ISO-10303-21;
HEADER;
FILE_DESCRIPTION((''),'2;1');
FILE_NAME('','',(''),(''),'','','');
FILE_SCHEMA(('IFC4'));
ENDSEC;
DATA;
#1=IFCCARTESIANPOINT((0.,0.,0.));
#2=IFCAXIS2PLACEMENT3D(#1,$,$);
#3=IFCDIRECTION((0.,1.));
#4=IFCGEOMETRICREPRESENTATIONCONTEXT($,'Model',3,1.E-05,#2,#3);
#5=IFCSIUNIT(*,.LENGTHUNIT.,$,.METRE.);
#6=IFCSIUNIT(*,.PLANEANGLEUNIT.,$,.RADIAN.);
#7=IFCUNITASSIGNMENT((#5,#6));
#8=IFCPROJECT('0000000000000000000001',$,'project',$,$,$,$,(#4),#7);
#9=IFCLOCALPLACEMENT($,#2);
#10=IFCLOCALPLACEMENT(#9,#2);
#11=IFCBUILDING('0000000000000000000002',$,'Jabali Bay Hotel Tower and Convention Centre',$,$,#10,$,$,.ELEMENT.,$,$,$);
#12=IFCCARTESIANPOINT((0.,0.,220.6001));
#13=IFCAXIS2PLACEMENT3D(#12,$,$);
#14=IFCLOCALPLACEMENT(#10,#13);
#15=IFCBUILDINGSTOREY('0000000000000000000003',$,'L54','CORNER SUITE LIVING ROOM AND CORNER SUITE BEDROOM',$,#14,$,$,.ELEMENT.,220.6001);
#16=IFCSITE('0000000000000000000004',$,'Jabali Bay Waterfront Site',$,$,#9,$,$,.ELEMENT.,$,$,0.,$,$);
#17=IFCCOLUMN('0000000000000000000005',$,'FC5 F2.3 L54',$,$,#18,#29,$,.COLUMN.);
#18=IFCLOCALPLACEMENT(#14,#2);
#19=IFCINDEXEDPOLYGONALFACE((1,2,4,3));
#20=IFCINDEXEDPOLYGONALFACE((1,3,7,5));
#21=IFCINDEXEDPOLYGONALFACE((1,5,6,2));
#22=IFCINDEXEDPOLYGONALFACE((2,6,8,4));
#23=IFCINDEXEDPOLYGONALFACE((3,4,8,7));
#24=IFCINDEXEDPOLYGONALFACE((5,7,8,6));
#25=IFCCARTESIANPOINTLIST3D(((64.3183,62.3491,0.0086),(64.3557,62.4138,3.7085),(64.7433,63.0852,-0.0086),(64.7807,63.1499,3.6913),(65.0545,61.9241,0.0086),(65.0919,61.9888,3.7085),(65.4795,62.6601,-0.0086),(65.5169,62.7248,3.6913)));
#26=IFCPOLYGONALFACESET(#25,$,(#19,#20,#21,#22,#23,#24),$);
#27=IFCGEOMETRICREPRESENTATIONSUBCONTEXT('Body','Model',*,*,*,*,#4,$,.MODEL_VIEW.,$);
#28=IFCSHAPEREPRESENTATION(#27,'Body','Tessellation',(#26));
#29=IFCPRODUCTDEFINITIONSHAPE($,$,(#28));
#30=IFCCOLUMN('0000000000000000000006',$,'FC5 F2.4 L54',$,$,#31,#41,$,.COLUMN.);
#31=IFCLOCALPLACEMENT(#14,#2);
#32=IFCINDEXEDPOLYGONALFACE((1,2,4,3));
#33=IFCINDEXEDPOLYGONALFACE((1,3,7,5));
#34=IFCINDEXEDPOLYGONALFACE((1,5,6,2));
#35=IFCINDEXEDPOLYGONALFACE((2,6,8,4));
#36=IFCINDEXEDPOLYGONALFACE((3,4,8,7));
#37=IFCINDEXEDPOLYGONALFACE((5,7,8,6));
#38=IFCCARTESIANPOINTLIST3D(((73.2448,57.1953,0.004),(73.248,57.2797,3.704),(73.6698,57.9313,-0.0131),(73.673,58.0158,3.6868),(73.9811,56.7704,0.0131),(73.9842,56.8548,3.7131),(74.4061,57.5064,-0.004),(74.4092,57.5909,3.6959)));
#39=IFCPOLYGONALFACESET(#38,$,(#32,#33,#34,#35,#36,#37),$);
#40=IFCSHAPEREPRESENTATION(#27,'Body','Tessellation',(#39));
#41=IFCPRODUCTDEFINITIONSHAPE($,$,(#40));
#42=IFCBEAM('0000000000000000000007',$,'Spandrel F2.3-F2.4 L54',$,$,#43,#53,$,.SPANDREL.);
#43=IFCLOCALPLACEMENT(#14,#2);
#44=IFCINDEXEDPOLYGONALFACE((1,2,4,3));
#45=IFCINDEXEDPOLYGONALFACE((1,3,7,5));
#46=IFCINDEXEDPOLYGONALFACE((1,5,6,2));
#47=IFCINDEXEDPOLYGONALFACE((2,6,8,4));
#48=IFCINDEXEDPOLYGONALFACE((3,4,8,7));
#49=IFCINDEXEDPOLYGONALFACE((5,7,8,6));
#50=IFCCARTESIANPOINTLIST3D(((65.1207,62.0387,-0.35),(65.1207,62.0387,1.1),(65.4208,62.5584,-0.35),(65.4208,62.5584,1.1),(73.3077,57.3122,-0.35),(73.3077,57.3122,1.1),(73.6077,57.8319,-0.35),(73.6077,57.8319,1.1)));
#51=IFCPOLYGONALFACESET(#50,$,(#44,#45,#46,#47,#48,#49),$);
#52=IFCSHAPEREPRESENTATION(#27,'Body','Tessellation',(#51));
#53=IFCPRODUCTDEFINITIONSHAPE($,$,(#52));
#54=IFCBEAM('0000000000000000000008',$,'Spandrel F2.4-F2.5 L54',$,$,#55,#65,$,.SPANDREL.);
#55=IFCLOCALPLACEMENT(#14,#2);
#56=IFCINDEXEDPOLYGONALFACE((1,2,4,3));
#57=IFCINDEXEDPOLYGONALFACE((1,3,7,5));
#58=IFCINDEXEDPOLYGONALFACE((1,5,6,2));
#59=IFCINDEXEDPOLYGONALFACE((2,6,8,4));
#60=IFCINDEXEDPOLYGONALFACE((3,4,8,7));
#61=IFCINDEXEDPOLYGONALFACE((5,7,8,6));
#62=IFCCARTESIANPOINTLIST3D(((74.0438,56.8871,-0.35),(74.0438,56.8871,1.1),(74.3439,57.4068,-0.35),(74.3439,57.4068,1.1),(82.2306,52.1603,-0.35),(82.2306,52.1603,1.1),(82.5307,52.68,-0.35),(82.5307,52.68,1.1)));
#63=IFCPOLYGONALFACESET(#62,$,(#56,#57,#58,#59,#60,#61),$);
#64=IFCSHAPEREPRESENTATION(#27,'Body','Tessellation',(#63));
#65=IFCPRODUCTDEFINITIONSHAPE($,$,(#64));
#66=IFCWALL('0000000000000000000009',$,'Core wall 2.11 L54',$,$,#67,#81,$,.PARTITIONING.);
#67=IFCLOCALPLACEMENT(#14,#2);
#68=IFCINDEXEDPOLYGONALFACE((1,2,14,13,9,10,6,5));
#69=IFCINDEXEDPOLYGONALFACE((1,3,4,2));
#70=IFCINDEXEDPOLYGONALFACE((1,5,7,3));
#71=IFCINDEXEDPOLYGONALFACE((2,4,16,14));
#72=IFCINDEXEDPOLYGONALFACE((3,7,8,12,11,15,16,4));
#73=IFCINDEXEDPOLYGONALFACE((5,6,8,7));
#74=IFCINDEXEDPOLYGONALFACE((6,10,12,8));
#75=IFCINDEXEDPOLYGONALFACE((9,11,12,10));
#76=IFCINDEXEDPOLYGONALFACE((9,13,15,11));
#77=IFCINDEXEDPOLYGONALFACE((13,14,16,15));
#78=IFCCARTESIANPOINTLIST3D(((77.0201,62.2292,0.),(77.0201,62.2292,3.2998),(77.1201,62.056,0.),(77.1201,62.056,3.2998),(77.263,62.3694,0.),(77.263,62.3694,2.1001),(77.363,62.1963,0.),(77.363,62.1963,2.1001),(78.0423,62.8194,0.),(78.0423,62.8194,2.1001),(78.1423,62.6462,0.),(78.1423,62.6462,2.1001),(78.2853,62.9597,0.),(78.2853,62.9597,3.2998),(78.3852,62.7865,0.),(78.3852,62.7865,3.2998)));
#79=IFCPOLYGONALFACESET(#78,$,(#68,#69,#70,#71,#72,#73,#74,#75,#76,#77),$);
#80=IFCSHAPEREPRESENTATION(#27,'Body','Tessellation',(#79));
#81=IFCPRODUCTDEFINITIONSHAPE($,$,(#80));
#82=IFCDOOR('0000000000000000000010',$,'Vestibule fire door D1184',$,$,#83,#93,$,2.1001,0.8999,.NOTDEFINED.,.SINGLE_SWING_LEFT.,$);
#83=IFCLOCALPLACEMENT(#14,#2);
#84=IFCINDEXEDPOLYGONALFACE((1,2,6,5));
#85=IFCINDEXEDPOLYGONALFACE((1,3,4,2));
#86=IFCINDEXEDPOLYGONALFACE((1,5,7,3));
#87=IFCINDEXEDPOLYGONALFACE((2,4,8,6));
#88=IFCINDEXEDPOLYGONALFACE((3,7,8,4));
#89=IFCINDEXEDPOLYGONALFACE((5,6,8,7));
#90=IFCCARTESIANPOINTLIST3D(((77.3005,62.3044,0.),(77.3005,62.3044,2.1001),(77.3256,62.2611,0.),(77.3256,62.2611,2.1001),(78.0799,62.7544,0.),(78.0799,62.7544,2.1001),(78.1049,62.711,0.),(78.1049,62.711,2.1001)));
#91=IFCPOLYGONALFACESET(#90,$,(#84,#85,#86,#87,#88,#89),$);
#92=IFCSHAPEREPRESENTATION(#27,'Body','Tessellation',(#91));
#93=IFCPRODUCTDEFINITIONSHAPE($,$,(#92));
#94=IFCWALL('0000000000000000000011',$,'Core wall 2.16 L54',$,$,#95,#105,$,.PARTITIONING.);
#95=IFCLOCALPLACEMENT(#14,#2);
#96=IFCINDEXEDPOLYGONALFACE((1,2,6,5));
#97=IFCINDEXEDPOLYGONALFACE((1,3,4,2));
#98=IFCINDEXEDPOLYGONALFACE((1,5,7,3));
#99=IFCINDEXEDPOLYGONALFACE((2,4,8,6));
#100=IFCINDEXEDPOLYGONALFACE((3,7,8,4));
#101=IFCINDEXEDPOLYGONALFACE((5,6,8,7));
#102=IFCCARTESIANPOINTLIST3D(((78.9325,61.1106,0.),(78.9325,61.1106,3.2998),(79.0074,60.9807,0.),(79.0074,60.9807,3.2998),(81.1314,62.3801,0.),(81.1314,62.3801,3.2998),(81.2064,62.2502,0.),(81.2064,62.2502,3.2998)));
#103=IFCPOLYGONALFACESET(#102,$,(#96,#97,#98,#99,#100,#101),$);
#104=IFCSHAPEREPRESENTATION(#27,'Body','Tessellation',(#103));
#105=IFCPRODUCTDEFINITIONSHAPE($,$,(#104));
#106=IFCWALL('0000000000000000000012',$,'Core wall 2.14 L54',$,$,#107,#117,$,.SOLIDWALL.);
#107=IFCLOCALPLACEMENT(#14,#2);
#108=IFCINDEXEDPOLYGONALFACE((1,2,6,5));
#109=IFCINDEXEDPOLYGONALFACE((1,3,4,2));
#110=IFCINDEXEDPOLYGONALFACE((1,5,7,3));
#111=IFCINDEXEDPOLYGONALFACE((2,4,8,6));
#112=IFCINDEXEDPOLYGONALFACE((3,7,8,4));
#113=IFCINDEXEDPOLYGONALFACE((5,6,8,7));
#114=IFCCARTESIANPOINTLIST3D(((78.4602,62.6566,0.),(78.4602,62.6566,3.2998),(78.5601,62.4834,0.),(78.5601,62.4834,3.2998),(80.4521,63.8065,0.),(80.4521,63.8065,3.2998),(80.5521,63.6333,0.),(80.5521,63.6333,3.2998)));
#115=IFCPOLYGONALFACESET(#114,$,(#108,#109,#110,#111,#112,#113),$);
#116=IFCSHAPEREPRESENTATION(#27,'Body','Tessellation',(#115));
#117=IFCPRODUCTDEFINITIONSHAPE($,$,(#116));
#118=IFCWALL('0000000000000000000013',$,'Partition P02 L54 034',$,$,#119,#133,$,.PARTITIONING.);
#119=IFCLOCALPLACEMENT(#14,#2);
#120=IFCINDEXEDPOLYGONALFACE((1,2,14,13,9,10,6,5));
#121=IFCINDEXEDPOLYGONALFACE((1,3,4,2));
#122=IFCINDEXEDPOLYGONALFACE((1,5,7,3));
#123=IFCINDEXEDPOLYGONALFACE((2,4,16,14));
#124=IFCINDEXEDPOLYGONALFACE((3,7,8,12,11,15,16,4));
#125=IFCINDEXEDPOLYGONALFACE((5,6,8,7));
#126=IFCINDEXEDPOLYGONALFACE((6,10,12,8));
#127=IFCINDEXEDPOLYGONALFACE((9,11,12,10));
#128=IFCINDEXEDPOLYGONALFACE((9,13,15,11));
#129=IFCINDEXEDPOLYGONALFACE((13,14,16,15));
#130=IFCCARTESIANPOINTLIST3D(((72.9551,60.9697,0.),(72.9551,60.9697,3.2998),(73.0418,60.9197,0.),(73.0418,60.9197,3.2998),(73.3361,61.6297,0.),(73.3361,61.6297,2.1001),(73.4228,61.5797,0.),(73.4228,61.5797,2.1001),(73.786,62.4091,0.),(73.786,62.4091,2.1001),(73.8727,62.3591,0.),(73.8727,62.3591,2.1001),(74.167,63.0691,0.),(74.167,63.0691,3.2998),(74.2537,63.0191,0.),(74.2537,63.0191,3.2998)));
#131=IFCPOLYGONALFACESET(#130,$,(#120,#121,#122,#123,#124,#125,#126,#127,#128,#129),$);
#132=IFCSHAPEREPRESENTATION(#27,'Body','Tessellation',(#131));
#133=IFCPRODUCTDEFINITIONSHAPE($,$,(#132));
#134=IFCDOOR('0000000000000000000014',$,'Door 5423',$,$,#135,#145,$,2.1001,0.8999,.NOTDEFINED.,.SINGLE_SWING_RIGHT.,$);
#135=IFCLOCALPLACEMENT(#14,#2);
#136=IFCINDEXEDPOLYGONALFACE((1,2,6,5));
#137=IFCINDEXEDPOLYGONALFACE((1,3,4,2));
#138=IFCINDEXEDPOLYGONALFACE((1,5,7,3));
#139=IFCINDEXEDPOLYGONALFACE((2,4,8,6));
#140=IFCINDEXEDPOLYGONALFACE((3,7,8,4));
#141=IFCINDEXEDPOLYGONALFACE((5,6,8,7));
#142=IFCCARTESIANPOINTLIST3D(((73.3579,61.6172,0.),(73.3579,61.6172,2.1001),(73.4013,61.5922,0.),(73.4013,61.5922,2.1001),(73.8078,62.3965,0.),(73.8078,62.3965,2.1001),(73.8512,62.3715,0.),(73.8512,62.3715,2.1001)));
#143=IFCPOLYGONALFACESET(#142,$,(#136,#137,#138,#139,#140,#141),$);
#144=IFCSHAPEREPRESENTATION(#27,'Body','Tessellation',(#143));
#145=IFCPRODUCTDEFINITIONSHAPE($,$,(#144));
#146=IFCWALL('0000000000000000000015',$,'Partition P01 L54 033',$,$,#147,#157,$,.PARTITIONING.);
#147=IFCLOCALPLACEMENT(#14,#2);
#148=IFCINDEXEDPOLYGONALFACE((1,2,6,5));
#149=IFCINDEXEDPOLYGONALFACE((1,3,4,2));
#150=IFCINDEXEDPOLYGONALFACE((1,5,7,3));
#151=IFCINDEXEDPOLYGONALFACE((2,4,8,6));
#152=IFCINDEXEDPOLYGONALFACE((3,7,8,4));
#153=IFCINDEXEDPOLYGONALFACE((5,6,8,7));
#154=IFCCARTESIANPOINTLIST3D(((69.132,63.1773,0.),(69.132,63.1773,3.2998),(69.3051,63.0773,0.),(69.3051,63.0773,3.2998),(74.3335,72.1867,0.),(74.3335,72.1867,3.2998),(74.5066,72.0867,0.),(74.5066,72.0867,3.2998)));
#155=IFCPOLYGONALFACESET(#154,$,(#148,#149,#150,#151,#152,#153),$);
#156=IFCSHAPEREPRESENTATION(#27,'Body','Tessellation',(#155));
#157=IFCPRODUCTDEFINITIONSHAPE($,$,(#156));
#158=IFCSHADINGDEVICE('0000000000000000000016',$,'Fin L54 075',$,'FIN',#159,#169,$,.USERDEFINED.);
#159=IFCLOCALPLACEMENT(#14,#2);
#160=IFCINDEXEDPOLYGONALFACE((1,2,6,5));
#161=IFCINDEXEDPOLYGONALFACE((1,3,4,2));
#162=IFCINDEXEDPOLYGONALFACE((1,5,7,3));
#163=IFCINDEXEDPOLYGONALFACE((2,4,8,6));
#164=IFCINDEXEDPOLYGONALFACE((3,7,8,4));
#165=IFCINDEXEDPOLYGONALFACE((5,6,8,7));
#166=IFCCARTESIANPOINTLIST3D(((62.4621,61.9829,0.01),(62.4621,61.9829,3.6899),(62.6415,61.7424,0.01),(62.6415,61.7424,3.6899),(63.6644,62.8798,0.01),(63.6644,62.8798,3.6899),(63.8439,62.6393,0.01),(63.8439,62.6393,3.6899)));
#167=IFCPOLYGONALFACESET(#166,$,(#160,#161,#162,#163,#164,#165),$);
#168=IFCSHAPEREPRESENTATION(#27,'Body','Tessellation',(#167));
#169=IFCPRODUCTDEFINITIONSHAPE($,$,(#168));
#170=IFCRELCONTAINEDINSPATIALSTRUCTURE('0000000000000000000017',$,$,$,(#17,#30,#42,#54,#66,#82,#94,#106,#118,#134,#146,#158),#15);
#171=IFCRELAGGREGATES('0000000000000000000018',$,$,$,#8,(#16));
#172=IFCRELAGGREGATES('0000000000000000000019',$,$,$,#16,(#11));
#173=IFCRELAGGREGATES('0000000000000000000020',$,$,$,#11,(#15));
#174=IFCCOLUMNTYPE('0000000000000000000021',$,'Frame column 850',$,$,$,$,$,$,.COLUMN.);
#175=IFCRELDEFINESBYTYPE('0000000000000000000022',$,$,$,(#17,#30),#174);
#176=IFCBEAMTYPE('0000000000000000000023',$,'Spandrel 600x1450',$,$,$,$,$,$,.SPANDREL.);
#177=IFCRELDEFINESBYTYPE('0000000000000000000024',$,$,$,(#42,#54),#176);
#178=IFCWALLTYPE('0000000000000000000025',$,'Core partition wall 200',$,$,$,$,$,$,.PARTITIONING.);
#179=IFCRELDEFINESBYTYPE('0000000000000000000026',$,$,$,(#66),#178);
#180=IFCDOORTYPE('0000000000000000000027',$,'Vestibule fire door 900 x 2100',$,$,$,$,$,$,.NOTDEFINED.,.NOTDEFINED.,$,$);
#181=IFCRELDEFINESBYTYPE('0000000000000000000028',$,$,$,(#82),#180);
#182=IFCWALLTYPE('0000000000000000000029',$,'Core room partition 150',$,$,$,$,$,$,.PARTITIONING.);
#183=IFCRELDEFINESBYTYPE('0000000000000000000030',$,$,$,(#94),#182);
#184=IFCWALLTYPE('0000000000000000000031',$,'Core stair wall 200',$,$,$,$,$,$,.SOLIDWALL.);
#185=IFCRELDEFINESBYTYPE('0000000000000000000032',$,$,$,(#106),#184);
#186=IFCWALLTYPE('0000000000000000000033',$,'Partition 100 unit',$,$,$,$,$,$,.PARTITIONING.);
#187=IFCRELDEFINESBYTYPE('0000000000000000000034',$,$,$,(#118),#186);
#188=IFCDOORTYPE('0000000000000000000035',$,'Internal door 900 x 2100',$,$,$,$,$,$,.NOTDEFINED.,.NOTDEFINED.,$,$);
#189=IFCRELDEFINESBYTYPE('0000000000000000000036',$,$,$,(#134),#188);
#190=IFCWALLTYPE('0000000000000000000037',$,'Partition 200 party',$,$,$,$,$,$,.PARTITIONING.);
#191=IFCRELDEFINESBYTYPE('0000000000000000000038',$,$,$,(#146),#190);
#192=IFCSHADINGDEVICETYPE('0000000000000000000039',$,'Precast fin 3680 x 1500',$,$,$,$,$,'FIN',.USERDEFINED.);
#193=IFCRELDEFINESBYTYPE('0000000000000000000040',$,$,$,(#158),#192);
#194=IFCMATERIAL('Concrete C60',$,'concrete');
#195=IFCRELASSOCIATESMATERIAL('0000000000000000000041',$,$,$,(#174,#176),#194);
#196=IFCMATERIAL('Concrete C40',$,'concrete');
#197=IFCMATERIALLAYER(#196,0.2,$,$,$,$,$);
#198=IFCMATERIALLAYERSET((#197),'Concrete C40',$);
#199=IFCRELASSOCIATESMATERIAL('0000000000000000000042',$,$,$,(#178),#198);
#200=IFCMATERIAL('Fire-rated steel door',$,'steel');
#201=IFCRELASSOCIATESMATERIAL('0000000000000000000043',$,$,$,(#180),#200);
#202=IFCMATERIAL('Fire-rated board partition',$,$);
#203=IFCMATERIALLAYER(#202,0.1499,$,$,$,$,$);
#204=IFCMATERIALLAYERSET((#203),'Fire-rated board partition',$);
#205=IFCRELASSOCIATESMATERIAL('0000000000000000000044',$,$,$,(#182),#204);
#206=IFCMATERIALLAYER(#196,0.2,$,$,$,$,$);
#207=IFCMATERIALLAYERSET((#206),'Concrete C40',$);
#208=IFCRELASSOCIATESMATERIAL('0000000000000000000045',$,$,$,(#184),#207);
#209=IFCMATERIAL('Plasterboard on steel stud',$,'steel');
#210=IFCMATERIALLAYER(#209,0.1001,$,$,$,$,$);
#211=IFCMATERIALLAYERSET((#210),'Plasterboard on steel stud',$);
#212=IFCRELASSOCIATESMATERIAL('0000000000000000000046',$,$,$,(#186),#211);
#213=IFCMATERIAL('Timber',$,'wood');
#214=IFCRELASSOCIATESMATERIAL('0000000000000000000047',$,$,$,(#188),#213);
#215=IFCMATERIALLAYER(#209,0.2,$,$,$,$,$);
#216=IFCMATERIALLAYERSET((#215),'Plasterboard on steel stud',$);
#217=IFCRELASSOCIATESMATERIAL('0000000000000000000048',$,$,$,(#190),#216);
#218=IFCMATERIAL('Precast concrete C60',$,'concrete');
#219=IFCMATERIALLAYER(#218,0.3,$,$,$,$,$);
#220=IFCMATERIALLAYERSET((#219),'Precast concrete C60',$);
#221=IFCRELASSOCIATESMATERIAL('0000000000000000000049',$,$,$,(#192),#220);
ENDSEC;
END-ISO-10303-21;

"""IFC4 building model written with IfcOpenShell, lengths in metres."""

from ifc_helpers import new_model, si_unit, direction, frame, frame_2d, origin, origin_2d, place, context, subcontext, project, spatial, rectangle, extrude, material, layer, layer_set, material_profile, profile_set, type_object, element, fill, save


model = new_model("IFC4")

# Units and contexts
model_context = context("Model", 3, precision=1e-05, world=origin(), true_north=direction((0.0, 1.0)))
body_context = subcontext(model_context, "Body", "Model", "MODEL_VIEW")
ifc_project = project(units=[si_unit("LENGTHUNIT", "METRE"), si_unit("PLANEANGLEUNIT", "RADIAN")], contexts=[model_context])

# Site, building, storey
site_placement = place(None, origin())
site = spatial("IfcSite", under=ifc_project, at=site_placement, Name="Jabali Bay Waterfront Site", CompositionType="ELEMENT", RefElevation=0.0)
building_placement = place(site_placement, origin())
building = spatial("IfcBuilding", under=site, at=building_placement, Name="Jabali Bay Hotel Tower and Convention Centre", CompositionType="ELEMENT")
storey_placement = place(building_placement, frame((0.0, 0.0, 220.6001)))
storey = spatial("IfcBuildingStorey", under=building, at=storey_placement, Name="L54", Description="CORNER SUITE LIVING ROOM AND CORNER SUITE BEDROOM", CompositionType="ELEMENT", Elevation=220.6001)

# Columns
ifc_material_1 = material(Name="Concrete C60", Category="concrete")
ifc_material_profile_1 = material_profile(ifc_material_1, rectangle(XDim=0.8501, YDim=0.8501, at=origin_2d()), Name="Frame column 850")
ifc_profile_set_1 = profile_set([ifc_material_profile_1], Name="Concrete C60")
column_type = type_object("IfcColumnType", Name="Frame column 850", PredefinedType="COLUMN", material=ifc_profile_set_1)
column_1_placement = place(storey_placement, frame((64.8989, 62.5046, 0.0), z_axis=(0.010094, 0.017482, 0.999796), x_axis=(-0.866026, 0.499999, 0.0)))
element("IfcColumn", 1, at=column_1_placement, inside=storey, type_object=column_type, Name="FC5 F2.3 L54", PredefinedType="COLUMN", context=body_context, shape_type="SweptSolid", body=[
    extrude(rectangle(XDim=0.8501, YDim=0.8501, at=origin_2d()), origin(), (0.0, 0.0, 1.0), 3.7007),
])
column_2_placement = place(storey_placement, frame((73.8254, 57.3508, 0.0), z_axis=(0.000858, 0.022825, 0.999739), x_axis=(-0.499939, -0.865825, 0.020196)))
element("IfcColumn", 2, at=column_2_placement, inside=storey, type_object=column_type, Name="FC5 F2.4 L54", PredefinedType="COLUMN", context=body_context, shape_type="SweptSolid", body=[
    extrude(rectangle(XDim=0.8501, YDim=0.8501, at=origin_2d()), origin(), (0.0, 0.0, 1.0), 3.7009),
])

# Beams
ifc_material_profile_2 = material_profile(ifc_material_1, rectangle(XDim=0.6001, YDim=1.45, at=origin_2d()), Name="Spandrel 600x1450")
ifc_profile_set_2 = profile_set([ifc_material_profile_2], Name="Concrete C60")
beam_type = type_object("IfcBeamType", Name="Spandrel 600x1450", PredefinedType="SPANDREL", material=ifc_profile_set_2)
for number, where, z_axis, x_axis, name in (
    (3, (65.2708, 62.2986, 0.375), (0.866035, -0.499983, 0.0), (0.499983, 0.866035, 0.0), "Spandrel F2.3-F2.4 L54"),
    (4, (74.1938, 57.147, 0.375), (0.866017, -0.500014, 0.0), (0.500014, 0.866017, 0.0), "Spandrel F2.4-F2.5 L54"),
):
    element("IfcBeam", number, at=place(storey_placement, frame(where, z_axis=z_axis, x_axis=x_axis)), inside=storey, type_object=beam_type, Name=name, PredefinedType="SPANDREL", context=body_context, shape_type="SweptSolid", body=[
        extrude(rectangle(XDim=0.6001, YDim=1.45, at=origin_2d()), origin(), (0.0, 0.0, 1.0), 9.4534),
    ])

# Wall, opening, door
ifc_material_2 = material(Name="Concrete C40", Category="concrete")
ifc_layer_1 = layer(ifc_material_2, 0.2)
ifc_layer_set_1 = layer_set([ifc_layer_1], Name="Concrete C40")
wall_type_1 = type_object("IfcWallType", Name="Core partition wall 200", PredefinedType="PARTITIONING", material=ifc_layer_set_1)
wall_1_placement = place(storey_placement, frame((77.0701, 62.1426, 0.0), z_axis=(0.0, 0.0, 1.0), x_axis=(0.866013, 0.500021, 0.0)))
wall_1 = element("IfcWall", 5, at=wall_1_placement, inside=storey, type_object=wall_type_1, Name="Core wall 2.11 L54", PredefinedType="PARTITIONING", context=body_context, shape_type="SweptSolid", body=[
    extrude(rectangle(XDim=1.4609, YDim=0.2, at=frame_2d((0.7305, 0.0))), origin(), (0.0, 0.0, 1.0), 3.2998),
])
opening_1_placement = place(wall_1_placement, frame((0.2805, 0.0, 0.0)))
opening_1 = element("IfcOpeningElement", 6, at=opening_1_placement, cuts=wall_1, PredefinedType="OPENING", context=body_context, shape_type="SweptSolid", body=[
    extrude(rectangle(XDim=0.8999, YDim=2.1001, at=frame_2d((0.45, 1.05))), frame((0.0, 0.1104, 0.0), z_axis=(0.0, -1.0, 0.0), x_axis=(1.0, 0.0, 0.0)), (0.0, 0.0, 1.0), 0.2209),
])
ifc_material_3 = material(Name="Fire-rated steel door", Category="steel")
door_type_1 = type_object("IfcDoorType", Name="Vestibule fire door 900 x 2100", OperationType="NOTDEFINED", PredefinedType="NOTDEFINED", material=ifc_material_3)
door_1_placement = place(opening_1_placement, origin())
door_1 = element("IfcDoor", 7, at=door_1_placement, inside=storey, type_object=door_type_1, Name="Vestibule fire door D1184", OperationType="SINGLE_SWING_LEFT", OverallHeight=2.1001, OverallWidth=0.8999, PredefinedType="NOTDEFINED", context=body_context, shape_type="SweptSolid", body=[
    extrude(rectangle(XDim=0.8999, YDim=2.1001, at=frame_2d((0.45, 1.05))), frame((0.0, 0.0249, 0.0), z_axis=(0.0, -1.0, 0.0), x_axis=(1.0, 0.0, 0.0)), (0.0, 0.0, 1.0), 0.05),
])
fill(opening_1, door_1)

# Walls
ifc_material_4 = material(Name="Fire-rated board partition")
ifc_layer_2 = layer(ifc_material_4, 0.1499)
ifc_layer_set_2 = layer_set([ifc_layer_2], Name="Fire-rated board partition")
wall_type_2 = type_object("IfcWallType", Name="Core room partition 150", PredefinedType="PARTITIONING", material=ifc_layer_set_2)
wall_2_placement = place(storey_placement, frame((78.97, 61.0457, 0.0), z_axis=(0.0, 0.0, 1.0), x_axis=(0.866033, 0.499986, 0.0)))
element("IfcWall", 8, at=wall_2_placement, inside=storey, type_object=wall_type_2, Name="Core wall 2.16 L54", PredefinedType="PARTITIONING", context=body_context, shape_type="SweptSolid", body=[
    extrude(rectangle(XDim=2.5391, YDim=0.1499, at=frame_2d((1.2695, 0.0))), origin(), (0.0, 0.0, 1.0), 3.2998),
])
ifc_layer_3 = layer(ifc_material_2, 0.2)
ifc_layer_set_3 = layer_set([ifc_layer_3], Name="Concrete C40")
wall_type_3 = type_object("IfcWallType", Name="Core stair wall 200", PredefinedType="SOLIDWALL", material=ifc_layer_set_3)
wall_3_placement = place(storey_placement, frame((78.5103, 62.5701, 0.0), z_axis=(0.0, 0.0, 1.0), x_axis=(0.866053, 0.499952, 0.0)))
element("IfcWall", 9, at=wall_3_placement, inside=storey, type_object=wall_type_3, Name="Core wall 2.14 L54", PredefinedType="SOLIDWALL", context=body_context, shape_type="SweptSolid", body=[
    extrude(rectangle(XDim=2.3, YDim=0.2, at=frame_2d((1.1499, 0.0))), origin(), (0.0, 0.0, 1.0), 3.2998),
])

# Wall, opening, door
ifc_material_5 = material(Name="Plasterboard on steel stud", Category="steel")
ifc_layer_4 = layer(ifc_material_5, 0.1001)
ifc_layer_set_4 = layer_set([ifc_layer_4], Name="Plasterboard on steel stud")
wall_type_4 = type_object("IfcWallType", Name="Partition 100 unit", PredefinedType="PARTITIONING", material=ifc_layer_set_4)
wall_4_placement = place(storey_placement, frame((72.9985, 60.9448, 0.0), z_axis=(0.0, 0.0, 1.0), x_axis=(0.499952, 0.866053, 0.0)))
wall_4 = element("IfcWall", 10, at=wall_4_placement, inside=storey, type_object=wall_type_4, Name="Partition P02 L54 034", PredefinedType="PARTITIONING", context=body_context, shape_type="SweptSolid", body=[
    extrude(rectangle(XDim=2.4241, YDim=0.1001, at=frame_2d((1.2119, 0.0))), origin(), (0.0, 0.0, 1.0), 3.2998),
])
opening_2_placement = place(wall_4_placement, frame((0.762, 0.0, 0.0)))
opening_2 = element("IfcOpeningElement", 11, at=opening_2_placement, cuts=wall_4, PredefinedType="OPENING", context=body_context, shape_type="SweptSolid", body=[
    extrude(rectangle(XDim=0.8999, YDim=2.1001, at=frame_2d((0.45, 1.05))), frame((0.0, 0.0605, 0.0), z_axis=(0.0, -1.0, 0.0), x_axis=(1.0, 0.0, 0.0)), (0.0, 0.0, 1.0), 0.1211),
])
ifc_material_6 = material(Name="Timber", Category="wood")
door_type_2 = type_object("IfcDoorType", Name="Internal door 900 x 2100", OperationType="NOTDEFINED", PredefinedType="NOTDEFINED", material=ifc_material_6)
door_2_placement = place(opening_2_placement, origin())
door_2 = element("IfcDoor", 12, at=door_2_placement, inside=storey, type_object=door_type_2, Name="Door 5423", OperationType="SINGLE_SWING_RIGHT", OverallHeight=2.1001, OverallWidth=0.8999, PredefinedType="NOTDEFINED", context=body_context, shape_type="SweptSolid", body=[
    extrude(rectangle(XDim=0.8999, YDim=2.1001, at=frame_2d((0.45, 1.05))), frame((0.0, 0.0249, 0.0), z_axis=(0.0, -1.0, 0.0), x_axis=(1.0, 0.0, 0.0)), (0.0, 0.0, 1.0), 0.05),
])
fill(opening_2, door_2)

# Wall
ifc_layer_5 = layer(ifc_material_5, 0.2)
ifc_layer_set_5 = layer_set([ifc_layer_5], Name="Plasterboard on steel stud")
wall_type_5 = type_object("IfcWallType", Name="Partition 200 party", PredefinedType="PARTITIONING", material=ifc_layer_set_5)
wall_5_placement = place(storey_placement, frame((69.2185, 63.1272, 0.0), z_axis=(0.0, 0.0, 1.0), x_axis=(0.499993, 0.866029, 0.0)))
element("IfcWall", 13, at=wall_5_placement, inside=storey, type_object=wall_type_5, Name="Partition P01 L54 033", PredefinedType="PARTITIONING", context=body_context, shape_type="SweptSolid", body=[
    extrude(rectangle(XDim=10.4031, YDim=0.2, at=frame_2d((5.2017, 0.0))), origin(), (0.0, 0.0, 1.0), 3.2998),
])

# Shading device
ifc_material_7 = material(Name="Precast concrete C60", Category="concrete")
ifc_layer_6 = layer(ifc_material_7, 0.3)
ifc_layer_set_6 = layer_set([ifc_layer_6], Name="Precast concrete C60")
shading_device_type = type_object("IfcShadingDeviceType", Name="Precast fin 3680 x 1500", ElementType="FIN", PredefinedType="USERDEFINED", material=ifc_layer_set_6)
for number, where, z_axis, x_axis, name in (
    (14, (63.7542, 62.7595, 0.01), (0.0, 0.0, 1.0), (-0.80154, -0.597941, 0.0), "Fin L54 075"),
):
    element("IfcShadingDevice", number, at=place(storey_placement, frame(where, z_axis=z_axis, x_axis=x_axis)), inside=storey, type_object=shading_device_type, Name=name, ObjectType="FIN", PredefinedType="USERDEFINED", context=body_context, shape_type="SweptSolid", body=[
        extrude(rectangle(XDim=1.5, YDim=0.3, at=frame_2d((0.75, 0.0))), origin(), (0.0, 0.0, 1.0), 3.6799),
    ])

save(model, "model.ifc")
